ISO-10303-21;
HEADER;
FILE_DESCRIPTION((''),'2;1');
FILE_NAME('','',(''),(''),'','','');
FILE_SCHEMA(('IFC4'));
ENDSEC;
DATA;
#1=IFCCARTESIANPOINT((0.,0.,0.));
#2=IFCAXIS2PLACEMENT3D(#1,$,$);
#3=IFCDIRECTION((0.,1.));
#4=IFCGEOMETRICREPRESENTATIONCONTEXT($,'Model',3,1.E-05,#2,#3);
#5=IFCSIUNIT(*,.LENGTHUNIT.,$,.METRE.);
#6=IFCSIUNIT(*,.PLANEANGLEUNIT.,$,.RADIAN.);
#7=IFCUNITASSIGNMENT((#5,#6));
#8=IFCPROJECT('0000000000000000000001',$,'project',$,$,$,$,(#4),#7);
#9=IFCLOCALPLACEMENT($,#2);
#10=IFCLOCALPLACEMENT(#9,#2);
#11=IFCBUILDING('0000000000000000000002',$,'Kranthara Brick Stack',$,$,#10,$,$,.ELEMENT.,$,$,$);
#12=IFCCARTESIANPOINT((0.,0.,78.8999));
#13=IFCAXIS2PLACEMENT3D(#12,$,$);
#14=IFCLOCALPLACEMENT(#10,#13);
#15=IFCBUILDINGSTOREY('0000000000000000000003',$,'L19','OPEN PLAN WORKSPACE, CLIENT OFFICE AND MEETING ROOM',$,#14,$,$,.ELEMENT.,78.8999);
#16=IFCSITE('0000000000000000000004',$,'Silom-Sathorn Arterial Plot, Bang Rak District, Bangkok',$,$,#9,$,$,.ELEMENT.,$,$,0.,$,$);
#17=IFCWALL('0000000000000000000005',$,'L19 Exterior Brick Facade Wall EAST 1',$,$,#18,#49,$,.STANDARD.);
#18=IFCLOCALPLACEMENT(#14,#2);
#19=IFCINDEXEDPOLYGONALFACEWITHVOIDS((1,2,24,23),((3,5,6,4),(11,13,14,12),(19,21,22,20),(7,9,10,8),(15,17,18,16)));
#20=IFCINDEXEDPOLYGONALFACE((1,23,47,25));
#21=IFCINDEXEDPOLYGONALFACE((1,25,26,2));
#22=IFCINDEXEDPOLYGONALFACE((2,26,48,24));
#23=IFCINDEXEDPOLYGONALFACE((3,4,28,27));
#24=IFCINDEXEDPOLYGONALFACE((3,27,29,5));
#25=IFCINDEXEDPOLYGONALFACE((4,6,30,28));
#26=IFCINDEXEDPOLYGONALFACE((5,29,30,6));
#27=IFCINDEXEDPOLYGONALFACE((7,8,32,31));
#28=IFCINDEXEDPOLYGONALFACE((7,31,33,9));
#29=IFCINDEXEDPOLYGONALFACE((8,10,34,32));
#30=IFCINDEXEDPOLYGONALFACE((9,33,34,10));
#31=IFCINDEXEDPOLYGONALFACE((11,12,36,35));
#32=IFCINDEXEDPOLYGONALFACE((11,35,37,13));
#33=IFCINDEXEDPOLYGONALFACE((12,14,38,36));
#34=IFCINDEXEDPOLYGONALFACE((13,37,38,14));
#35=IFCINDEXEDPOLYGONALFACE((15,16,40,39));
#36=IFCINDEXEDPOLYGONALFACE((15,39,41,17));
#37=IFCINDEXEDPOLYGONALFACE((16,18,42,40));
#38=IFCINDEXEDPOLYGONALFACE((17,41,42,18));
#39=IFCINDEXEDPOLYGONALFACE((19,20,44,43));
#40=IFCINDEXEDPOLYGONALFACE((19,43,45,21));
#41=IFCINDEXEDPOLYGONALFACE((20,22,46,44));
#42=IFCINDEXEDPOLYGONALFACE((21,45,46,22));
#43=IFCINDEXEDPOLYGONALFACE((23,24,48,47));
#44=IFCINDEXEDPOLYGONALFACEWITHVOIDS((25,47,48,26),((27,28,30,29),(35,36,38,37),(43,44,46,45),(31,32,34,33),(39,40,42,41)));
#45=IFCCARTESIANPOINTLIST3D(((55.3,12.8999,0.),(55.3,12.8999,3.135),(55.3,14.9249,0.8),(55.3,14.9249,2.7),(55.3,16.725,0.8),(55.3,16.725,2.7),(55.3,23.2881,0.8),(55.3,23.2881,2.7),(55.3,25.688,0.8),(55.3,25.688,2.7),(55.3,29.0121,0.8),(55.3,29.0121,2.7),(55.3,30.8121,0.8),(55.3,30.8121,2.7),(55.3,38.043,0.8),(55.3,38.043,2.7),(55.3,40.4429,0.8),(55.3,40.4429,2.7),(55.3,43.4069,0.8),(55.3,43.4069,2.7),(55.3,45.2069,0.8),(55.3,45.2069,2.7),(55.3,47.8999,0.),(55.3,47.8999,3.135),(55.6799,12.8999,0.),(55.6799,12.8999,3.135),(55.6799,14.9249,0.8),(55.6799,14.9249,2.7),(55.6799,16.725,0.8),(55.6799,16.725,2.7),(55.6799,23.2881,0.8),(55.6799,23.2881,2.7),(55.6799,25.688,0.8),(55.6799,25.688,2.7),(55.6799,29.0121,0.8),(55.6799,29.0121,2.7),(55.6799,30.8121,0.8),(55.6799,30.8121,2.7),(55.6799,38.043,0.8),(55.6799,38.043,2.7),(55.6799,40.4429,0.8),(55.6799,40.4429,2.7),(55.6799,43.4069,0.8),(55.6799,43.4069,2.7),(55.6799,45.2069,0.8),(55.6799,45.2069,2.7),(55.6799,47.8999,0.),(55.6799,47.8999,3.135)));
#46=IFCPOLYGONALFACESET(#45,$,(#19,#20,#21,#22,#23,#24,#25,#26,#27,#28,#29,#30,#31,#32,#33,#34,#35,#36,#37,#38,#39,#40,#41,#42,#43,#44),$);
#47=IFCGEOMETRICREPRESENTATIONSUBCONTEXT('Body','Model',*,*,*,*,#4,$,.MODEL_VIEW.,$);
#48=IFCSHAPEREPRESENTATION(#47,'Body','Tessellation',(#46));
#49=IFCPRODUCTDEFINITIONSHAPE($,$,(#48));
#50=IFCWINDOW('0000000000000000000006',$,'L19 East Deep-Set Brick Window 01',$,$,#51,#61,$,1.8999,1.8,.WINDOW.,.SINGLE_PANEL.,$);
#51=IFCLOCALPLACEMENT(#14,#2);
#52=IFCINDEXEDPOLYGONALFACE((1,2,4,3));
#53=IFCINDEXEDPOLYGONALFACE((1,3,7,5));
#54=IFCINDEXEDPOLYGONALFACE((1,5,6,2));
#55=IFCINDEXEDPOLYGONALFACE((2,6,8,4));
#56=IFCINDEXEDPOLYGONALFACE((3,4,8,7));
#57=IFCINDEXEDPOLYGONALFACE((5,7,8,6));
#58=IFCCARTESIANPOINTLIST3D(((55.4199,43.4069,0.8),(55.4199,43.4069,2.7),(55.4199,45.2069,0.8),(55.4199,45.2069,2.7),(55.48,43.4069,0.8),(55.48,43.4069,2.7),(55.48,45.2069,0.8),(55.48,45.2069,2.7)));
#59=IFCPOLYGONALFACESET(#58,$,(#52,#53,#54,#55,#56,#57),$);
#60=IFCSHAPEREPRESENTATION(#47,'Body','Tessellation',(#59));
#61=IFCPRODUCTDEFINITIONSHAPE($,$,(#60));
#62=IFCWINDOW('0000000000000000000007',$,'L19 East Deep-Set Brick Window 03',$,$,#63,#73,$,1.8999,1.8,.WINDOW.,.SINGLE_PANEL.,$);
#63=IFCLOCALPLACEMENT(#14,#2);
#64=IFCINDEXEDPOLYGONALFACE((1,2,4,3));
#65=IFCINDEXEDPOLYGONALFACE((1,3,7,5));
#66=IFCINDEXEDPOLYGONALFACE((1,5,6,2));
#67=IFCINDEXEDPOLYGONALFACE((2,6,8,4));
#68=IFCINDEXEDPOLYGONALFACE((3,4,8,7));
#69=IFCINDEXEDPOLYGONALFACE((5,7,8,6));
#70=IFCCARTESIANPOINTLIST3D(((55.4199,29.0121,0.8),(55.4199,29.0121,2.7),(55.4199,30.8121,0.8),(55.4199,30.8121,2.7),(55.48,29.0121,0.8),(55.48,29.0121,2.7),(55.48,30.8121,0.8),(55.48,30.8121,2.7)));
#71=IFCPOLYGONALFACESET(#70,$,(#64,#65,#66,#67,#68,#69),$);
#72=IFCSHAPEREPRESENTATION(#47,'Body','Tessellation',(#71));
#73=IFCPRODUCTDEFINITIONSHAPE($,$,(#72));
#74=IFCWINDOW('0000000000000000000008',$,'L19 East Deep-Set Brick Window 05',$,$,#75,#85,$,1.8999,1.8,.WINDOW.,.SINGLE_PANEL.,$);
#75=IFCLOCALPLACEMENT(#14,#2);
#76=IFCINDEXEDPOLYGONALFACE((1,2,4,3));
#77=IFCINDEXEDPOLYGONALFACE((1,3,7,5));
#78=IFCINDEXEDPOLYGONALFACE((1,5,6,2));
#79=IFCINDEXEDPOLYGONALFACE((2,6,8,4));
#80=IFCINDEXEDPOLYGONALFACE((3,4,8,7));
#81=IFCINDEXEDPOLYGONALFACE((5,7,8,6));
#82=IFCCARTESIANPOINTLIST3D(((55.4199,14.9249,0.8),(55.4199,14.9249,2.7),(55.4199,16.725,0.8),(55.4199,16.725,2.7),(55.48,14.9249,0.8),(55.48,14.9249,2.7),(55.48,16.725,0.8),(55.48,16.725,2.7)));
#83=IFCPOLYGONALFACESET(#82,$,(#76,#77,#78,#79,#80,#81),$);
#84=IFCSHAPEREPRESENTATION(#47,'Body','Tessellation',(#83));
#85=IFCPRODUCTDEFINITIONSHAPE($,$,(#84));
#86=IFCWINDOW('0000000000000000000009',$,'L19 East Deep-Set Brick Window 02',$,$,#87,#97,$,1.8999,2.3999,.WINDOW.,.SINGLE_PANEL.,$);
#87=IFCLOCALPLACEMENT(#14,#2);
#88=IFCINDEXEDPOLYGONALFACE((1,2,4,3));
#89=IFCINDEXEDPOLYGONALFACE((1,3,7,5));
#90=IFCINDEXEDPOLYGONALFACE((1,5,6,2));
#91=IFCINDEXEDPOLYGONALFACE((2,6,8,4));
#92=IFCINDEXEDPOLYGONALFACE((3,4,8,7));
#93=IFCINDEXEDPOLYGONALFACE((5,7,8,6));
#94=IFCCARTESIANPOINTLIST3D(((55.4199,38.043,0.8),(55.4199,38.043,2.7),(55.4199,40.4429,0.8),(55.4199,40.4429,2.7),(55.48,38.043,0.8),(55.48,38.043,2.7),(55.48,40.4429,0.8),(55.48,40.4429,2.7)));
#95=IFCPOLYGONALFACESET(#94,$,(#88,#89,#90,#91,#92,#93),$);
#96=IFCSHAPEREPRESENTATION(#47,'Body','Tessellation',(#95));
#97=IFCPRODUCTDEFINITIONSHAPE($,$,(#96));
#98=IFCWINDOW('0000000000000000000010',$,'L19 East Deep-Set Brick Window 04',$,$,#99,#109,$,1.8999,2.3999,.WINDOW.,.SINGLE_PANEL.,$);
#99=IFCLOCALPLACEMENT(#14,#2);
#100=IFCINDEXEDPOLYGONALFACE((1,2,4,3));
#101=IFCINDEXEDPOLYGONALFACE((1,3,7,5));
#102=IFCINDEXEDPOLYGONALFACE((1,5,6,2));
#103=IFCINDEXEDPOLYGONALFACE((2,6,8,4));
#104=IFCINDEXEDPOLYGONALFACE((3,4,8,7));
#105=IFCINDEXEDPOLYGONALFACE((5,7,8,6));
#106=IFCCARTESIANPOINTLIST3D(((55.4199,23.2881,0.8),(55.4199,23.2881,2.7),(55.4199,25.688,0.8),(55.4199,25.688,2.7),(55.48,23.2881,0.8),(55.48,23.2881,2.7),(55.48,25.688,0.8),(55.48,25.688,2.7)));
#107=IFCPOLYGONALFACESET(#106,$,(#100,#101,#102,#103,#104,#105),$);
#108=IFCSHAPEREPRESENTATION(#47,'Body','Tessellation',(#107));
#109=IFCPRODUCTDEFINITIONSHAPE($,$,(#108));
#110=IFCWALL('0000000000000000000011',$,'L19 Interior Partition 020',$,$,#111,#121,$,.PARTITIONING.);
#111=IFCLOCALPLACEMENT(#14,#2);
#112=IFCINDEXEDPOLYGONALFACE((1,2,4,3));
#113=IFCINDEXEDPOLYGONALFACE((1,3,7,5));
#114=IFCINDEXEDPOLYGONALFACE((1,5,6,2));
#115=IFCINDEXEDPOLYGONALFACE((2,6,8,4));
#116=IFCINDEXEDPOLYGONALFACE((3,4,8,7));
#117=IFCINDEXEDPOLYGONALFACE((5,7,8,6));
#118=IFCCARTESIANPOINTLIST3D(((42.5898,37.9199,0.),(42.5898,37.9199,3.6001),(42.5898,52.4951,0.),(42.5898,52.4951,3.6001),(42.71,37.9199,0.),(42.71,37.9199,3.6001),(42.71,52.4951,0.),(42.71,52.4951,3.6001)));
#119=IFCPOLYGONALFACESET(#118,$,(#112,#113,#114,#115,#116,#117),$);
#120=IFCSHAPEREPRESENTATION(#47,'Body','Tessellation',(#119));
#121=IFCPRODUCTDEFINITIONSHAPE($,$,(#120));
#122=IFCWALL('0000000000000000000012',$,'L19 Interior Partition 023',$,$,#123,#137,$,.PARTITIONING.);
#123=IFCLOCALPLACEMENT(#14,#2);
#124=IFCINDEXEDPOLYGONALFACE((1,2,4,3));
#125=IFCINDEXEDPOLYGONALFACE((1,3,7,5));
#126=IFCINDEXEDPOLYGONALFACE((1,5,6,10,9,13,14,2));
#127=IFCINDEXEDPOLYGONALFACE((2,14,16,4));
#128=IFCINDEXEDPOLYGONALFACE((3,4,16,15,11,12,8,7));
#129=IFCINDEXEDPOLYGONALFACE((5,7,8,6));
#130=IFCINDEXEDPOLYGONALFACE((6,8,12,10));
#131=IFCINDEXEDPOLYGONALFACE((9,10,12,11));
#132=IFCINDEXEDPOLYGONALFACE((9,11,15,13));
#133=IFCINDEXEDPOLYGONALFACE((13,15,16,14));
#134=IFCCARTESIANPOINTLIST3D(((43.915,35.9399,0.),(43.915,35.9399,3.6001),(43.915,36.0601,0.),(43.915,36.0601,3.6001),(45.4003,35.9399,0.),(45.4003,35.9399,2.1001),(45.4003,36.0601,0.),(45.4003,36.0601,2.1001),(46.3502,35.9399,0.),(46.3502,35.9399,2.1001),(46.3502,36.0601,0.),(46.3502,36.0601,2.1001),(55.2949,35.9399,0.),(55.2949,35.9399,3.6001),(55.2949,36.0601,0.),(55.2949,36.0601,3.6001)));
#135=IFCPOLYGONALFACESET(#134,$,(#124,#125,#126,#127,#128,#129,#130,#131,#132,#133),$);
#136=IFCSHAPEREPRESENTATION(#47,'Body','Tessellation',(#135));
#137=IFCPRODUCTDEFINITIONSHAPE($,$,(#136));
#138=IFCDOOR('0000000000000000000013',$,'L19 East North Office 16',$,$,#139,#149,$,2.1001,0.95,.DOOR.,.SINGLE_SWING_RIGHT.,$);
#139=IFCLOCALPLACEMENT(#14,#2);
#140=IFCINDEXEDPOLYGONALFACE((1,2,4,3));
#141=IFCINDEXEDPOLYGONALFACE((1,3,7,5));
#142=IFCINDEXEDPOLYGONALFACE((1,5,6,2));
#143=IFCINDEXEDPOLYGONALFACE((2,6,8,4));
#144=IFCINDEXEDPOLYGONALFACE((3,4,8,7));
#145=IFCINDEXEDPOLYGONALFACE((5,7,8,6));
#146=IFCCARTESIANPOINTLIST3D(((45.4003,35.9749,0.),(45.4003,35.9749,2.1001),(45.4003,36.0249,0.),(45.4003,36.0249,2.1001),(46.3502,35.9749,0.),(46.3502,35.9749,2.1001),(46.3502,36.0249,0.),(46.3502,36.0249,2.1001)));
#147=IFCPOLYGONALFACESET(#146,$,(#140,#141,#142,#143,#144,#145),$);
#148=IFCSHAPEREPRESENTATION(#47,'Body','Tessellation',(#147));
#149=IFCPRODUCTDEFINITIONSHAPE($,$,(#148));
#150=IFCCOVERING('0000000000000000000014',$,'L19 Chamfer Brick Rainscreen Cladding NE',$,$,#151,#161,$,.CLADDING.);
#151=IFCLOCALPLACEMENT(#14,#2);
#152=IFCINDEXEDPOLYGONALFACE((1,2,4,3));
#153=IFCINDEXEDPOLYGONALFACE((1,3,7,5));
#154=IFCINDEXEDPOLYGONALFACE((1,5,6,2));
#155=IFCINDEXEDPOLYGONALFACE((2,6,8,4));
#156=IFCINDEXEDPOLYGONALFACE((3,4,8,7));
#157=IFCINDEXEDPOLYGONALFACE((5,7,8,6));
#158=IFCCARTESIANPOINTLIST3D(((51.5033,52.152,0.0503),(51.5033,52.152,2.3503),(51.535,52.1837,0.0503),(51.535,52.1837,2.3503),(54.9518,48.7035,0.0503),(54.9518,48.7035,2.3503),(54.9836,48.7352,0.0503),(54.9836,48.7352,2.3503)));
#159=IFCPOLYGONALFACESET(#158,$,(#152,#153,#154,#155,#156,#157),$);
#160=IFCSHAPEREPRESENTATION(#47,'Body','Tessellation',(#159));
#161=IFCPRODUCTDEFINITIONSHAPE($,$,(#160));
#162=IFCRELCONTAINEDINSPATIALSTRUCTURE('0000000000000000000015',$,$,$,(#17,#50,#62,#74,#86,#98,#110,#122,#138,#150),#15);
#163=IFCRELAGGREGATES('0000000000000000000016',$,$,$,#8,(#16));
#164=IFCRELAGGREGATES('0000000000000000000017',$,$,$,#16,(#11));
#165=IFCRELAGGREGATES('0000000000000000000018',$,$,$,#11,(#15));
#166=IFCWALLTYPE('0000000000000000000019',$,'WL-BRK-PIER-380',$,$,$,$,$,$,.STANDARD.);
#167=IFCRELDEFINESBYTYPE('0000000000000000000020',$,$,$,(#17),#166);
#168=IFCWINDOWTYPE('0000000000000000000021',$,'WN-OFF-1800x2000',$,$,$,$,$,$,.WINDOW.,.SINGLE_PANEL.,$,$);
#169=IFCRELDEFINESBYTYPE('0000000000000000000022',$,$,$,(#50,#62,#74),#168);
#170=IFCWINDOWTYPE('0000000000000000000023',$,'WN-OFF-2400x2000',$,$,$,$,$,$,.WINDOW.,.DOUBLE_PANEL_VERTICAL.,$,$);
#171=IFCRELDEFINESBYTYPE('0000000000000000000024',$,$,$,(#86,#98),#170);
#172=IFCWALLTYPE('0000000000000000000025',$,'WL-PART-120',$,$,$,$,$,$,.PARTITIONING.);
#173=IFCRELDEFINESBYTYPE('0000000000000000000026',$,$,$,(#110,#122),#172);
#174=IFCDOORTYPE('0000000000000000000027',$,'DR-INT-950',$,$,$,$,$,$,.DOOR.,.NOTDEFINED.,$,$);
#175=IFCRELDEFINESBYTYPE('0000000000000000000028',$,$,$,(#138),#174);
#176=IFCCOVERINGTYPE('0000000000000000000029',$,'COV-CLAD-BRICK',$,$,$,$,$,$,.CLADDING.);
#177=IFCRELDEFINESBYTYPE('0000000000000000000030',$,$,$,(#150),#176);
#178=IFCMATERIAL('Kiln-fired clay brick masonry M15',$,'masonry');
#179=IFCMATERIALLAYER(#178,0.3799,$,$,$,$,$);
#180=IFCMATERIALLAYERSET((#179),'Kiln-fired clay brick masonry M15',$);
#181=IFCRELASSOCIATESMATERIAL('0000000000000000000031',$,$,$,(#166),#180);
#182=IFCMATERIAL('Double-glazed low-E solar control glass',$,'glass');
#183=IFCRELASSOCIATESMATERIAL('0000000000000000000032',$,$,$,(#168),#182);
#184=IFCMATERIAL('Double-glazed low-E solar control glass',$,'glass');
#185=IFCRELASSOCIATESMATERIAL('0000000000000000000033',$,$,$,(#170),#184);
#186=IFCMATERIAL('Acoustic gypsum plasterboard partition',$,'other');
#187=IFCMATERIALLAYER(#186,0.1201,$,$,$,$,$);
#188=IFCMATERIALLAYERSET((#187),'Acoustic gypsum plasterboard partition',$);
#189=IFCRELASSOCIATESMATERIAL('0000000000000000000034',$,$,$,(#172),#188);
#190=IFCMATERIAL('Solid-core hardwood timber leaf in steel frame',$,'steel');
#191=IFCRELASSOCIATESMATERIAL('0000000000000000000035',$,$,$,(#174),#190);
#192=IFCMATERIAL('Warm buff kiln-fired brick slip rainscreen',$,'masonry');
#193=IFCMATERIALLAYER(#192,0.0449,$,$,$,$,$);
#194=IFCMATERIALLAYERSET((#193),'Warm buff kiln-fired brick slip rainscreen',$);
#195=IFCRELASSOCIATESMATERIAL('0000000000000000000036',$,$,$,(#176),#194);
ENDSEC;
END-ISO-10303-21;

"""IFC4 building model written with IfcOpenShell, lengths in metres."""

from ifc_helpers import new_model, si_unit, direction, frame, frame_2d, origin, origin_2d, place, context, subcontext, project, spatial, rectangle, extrude, material, layer, layer_set, type_object, element, fill, save


model = new_model("IFC4")

# Units and contexts
model_context = context("Model", 3, precision=1e-05, world=origin(), true_north=direction((0.0, 1.0)))
body_context = subcontext(model_context, "Body", "Model", "MODEL_VIEW")
ifc_project = project(units=[si_unit("LENGTHUNIT", "METRE"), si_unit("PLANEANGLEUNIT", "RADIAN")], contexts=[model_context])

# Site, building, storey
site_placement = place(None, origin())
site = spatial("IfcSite", under=ifc_project, at=site_placement, Name="Silom-Sathorn Arterial Plot, Bang Rak District, Bangkok", CompositionType="ELEMENT", RefElevation=0.0)
building_placement = place(site_placement, origin())
building = spatial("IfcBuilding", under=site, at=building_placement, Name="Kranthara Brick Stack", CompositionType="ELEMENT")
storey_placement = place(building_placement, frame((0.0, 0.0, 78.8999)))
storey = spatial("IfcBuildingStorey", under=building, at=storey_placement, Name="L19", Description="OPEN PLAN WORKSPACE, CLIENT OFFICE AND MEETING ROOM", CompositionType="ELEMENT", Elevation=78.8999)

# Shared definitions
ifc_material_1 = material(Name="Kiln-fired clay brick masonry M15", Category="masonry")
ifc_layer_1 = layer(ifc_material_1, 0.3799)
ifc_layer_set_1 = layer_set([ifc_layer_1], Name="Kiln-fired clay brick masonry M15")
wall_type_1 = type_object("IfcWallType", Name="WL-BRK-PIER-380", PredefinedType="STANDARD", material=ifc_layer_set_1)

# Wall, openings, windows
wall_1_placement = place(storey_placement, frame((55.49, 47.8999, 0.0), z_axis=(0.0, 0.0, 1.0), x_axis=(0.0, -1.0, 0.0)))
wall_1 = element("IfcWall", 1, at=wall_1_placement, inside=storey, type_object=wall_type_1, Name="L19 Exterior Brick Facade Wall EAST 1", PredefinedType="STANDARD", context=body_context, shape_type="SweptSolid", body=[
    extrude(rectangle(XDim=35.0, YDim=0.3799, at=frame_2d((17.5, 0.0))), origin(), (0.0, 0.0, 1.0), 3.135),
])
opening_1_placement = place(wall_1_placement, frame((2.6931, 0.0, 0.8)))
opening_1 = element("IfcOpeningElement", 2, at=opening_1_placement, cuts=wall_1, PredefinedType="OPENING", context=body_context, shape_type="SweptSolid", body=[
    extrude(rectangle(XDim=1.8, YDim=1.8999, at=frame_2d((0.8999, 0.95))), frame((0.0, 0.2, 0.0), z_axis=(0.0, -1.0, 0.0), x_axis=(1.0, 0.0, 0.0)), (0.0, 0.0, 1.0), 0.3999),
])
opening_2_placement = place(wall_1_placement, frame((7.457, 0.0, 0.8)))
opening_2 = element("IfcOpeningElement", 3, at=opening_2_placement, cuts=wall_1, PredefinedType="OPENING", context=body_context, shape_type="SweptSolid", body=[
    extrude(rectangle(XDim=2.3999, YDim=1.8999, at=frame_2d((1.2, 0.95))), frame((0.0, 0.2, 0.0), z_axis=(0.0, -1.0, 0.0), x_axis=(1.0, 0.0, 0.0)), (0.0, 0.0, 1.0), 0.3999),
])
opening_3_placement = place(wall_1_placement, frame((17.0879, 0.0, 0.8)))
opening_3 = element("IfcOpeningElement", 4, at=opening_3_placement, cuts=wall_1, PredefinedType="OPENING", context=body_context, shape_type="SweptSolid", body=[
    extrude(rectangle(XDim=1.8, YDim=1.8999, at=frame_2d((0.8999, 0.95))), frame((0.0, 0.2, 0.0), z_axis=(0.0, -1.0, 0.0), x_axis=(1.0, 0.0, 0.0)), (0.0, 0.0, 1.0), 0.3999),
])
opening_4_placement = place(wall_1_placement, frame((22.2119, 0.0, 0.8)))
opening_4 = element("IfcOpeningElement", 5, at=opening_4_placement, cuts=wall_1, PredefinedType="OPENING", context=body_context, shape_type="SweptSolid", body=[
    extrude(rectangle(XDim=2.3999, YDim=1.8999, at=frame_2d((1.2, 0.95))), frame((0.0, 0.2, 0.0), z_axis=(0.0, -1.0, 0.0), x_axis=(1.0, 0.0, 0.0)), (0.0, 0.0, 1.0), 0.3999),
])
opening_5_placement = place(wall_1_placement, frame((31.175, 0.0, 0.8)))
opening_5 = element("IfcOpeningElement", 6, at=opening_5_placement, cuts=wall_1, PredefinedType="OPENING", context=body_context, shape_type="SweptSolid", body=[
    extrude(rectangle(XDim=1.8, YDim=1.8999, at=frame_2d((0.8999, 0.95))), frame((0.0, 0.2, 0.0), z_axis=(0.0, -1.0, 0.0), x_axis=(1.0, 0.0, 0.0)), (0.0, 0.0, 1.0), 0.3999),
])
ifc_material_2 = material(Name="Double-glazed low-E solar control glass", Category="glass")
window_type_1 = type_object("IfcWindowType", Name="WN-OFF-1800x2000", PartitioningType="SINGLE_PANEL", PredefinedType="WINDOW", material=ifc_material_2)
window_1_placement = place(opening_1_placement, origin())
window_1 = element("IfcWindow", 7, at=window_1_placement, inside=storey, type_object=window_type_1, Name="L19 East Deep-Set Brick Window 01", OverallHeight=1.8999, OverallWidth=1.8, PartitioningType="SINGLE_PANEL", PredefinedType="WINDOW", context=body_context, shape_type="SweptSolid", body=[
    extrude(rectangle(XDim=1.8, YDim=1.8999, at=frame_2d((0.8999, 0.95))), frame((0.0, -0.01, 0.0), z_axis=(0.0, -1.0, 0.0), x_axis=(1.0, 0.0, 0.0)), (0.0, 0.0, 1.0), 0.0601),
])
fill(opening_1, window_1)
window_2_placement = place(opening_3_placement, origin())
window_2 = element("IfcWindow", 8, at=window_2_placement, inside=storey, type_object=window_type_1, Name="L19 East Deep-Set Brick Window 03", OverallHeight=1.8999, OverallWidth=1.8, PartitioningType="SINGLE_PANEL", PredefinedType="WINDOW", context=body_context, shape_type="SweptSolid", body=[
    extrude(rectangle(XDim=1.8, YDim=1.8999, at=frame_2d((0.8999, 0.95))), frame((0.0, -0.01, 0.0), z_axis=(0.0, -1.0, 0.0), x_axis=(1.0, 0.0, 0.0)), (0.0, 0.0, 1.0), 0.0601),
])
fill(opening_3, window_2)
window_3_placement = place(opening_5_placement, origin())
window_3 = element("IfcWindow", 9, at=window_3_placement, inside=storey, type_object=window_type_1, Name="L19 East Deep-Set Brick Window 05", OverallHeight=1.8999, OverallWidth=1.8, PartitioningType="SINGLE_PANEL", PredefinedType="WINDOW", context=body_context, shape_type="SweptSolid", body=[
    extrude(rectangle(XDim=1.8, YDim=1.8999, at=frame_2d((0.8999, 0.95))), frame((0.0, -0.01, 0.0), z_axis=(0.0, -1.0, 0.0), x_axis=(1.0, 0.0, 0.0)), (0.0, 0.0, 1.0), 0.0601),
])
fill(opening_5, window_3)
ifc_material_3 = material(Name="Double-glazed low-E solar control glass", Category="glass")
window_type_2 = type_object("IfcWindowType", Name="WN-OFF-2400x2000", PartitioningType="DOUBLE_PANEL_VERTICAL", PredefinedType="WINDOW", material=ifc_material_3)
window_4_placement = place(opening_2_placement, origin())
window_4 = element("IfcWindow", 10, at=window_4_placement, inside=storey, type_object=window_type_2, Name="L19 East Deep-Set Brick Window 02", OverallHeight=1.8999, OverallWidth=2.3999, PartitioningType="SINGLE_PANEL", PredefinedType="WINDOW", context=body_context, shape_type="SweptSolid", body=[
    extrude(rectangle(XDim=2.3999, YDim=1.8999, at=frame_2d((1.2, 0.95))), frame((0.0, -0.01, 0.0), z_axis=(0.0, -1.0, 0.0), x_axis=(1.0, 0.0, 0.0)), (0.0, 0.0, 1.0), 0.0601),
])
fill(opening_2, window_4)
window_5_placement = place(opening_4_placement, origin())
window_5 = element("IfcWindow", 11, at=window_5_placement, inside=storey, type_object=window_type_2, Name="L19 East Deep-Set Brick Window 04", OverallHeight=1.8999, OverallWidth=2.3999, PartitioningType="SINGLE_PANEL", PredefinedType="WINDOW", context=body_context, shape_type="SweptSolid", body=[
    extrude(rectangle(XDim=2.3999, YDim=1.8999, at=frame_2d((1.2, 0.95))), frame((0.0, -0.01, 0.0), z_axis=(0.0, -1.0, 0.0), x_axis=(1.0, 0.0, 0.0)), (0.0, 0.0, 1.0), 0.0601),
])
fill(opening_4, window_5)

# Wall
ifc_material_4 = material(Name="Acoustic gypsum plasterboard partition", Category="other")
ifc_layer_2 = layer(ifc_material_4, 0.1201)
ifc_layer_set_2 = layer_set([ifc_layer_2], Name="Acoustic gypsum plasterboard partition")
wall_type_2 = type_object("IfcWallType", Name="WL-PART-120", PredefinedType="PARTITIONING", material=ifc_layer_set_2)
wall_2_placement = place(storey_placement, frame((42.6499, 37.9199, 0.0), z_axis=(0.0, 0.0, 1.0), x_axis=(0.0, 1.0, 0.0)))
element("IfcWall", 12, at=wall_2_placement, inside=storey, type_object=wall_type_2, Name="L19 Interior Partition 020", PredefinedType="PARTITIONING", context=body_context, shape_type="SweptSolid", body=[
    extrude(rectangle(XDim=14.5752, YDim=0.1201, at=frame_2d((7.2876, 0.0))), origin(), (0.0, 0.0, 1.0), 3.6001),
])

# Wall, opening, door
wall_3_placement = place(storey_placement, frame((43.915, 36.0, 0.0), z_axis=(0.0, 0.0, 1.0), x_axis=(1.0, 0.0, 0.0)))
wall_3 = element("IfcWall", 13, at=wall_3_placement, inside=storey, type_object=wall_type_2, Name="L19 Interior Partition 023", PredefinedType="PARTITIONING", context=body_context, shape_type="SweptSolid", body=[
    extrude(rectangle(XDim=11.3799, YDim=0.1201, at=frame_2d((5.6899, 0.0))), origin(), (0.0, 0.0, 1.0), 3.6001),
])
opening_6_placement = place(wall_3_placement, frame((1.4851, 0.0, 0.0)))
opening_6 = element("IfcOpeningElement", 14, at=opening_6_placement, cuts=wall_3, PredefinedType="OPENING", context=body_context, shape_type="SweptSolid", body=[
    extrude(rectangle(XDim=0.95, YDim=2.1001, at=frame_2d((0.4751, 1.05))), frame((0.0, 0.0701, 0.0), z_axis=(0.0, -1.0, 0.0), x_axis=(1.0, 0.0, 0.0)), (0.0, 0.0, 1.0), 0.1401),
])
ifc_material_5 = material(Name="Solid-core hardwood timber leaf in steel frame", Category="steel")
door_type = type_object("IfcDoorType", Name="DR-INT-950", OperationType="NOTDEFINED", PredefinedType="DOOR", material=ifc_material_5)
door_placement = place(opening_6_placement, origin())
door = element("IfcDoor", 15, at=door_placement, inside=storey, type_object=door_type, Name="L19 East North Office 16", OperationType="SINGLE_SWING_RIGHT", OverallHeight=2.1001, OverallWidth=0.95, PredefinedType="DOOR", context=body_context, shape_type="SweptSolid", body=[
    extrude(rectangle(XDim=0.95, YDim=2.1001, at=frame_2d((0.4751, 1.05))), frame((0.0, 0.0249, 0.0), z_axis=(0.0, -1.0, 0.0), x_axis=(1.0, 0.0, 0.0)), (0.0, 0.0, 1.0), 0.05),
])
fill(opening_6, door)

# Covering
ifc_material_6 = material(Name="Warm buff kiln-fired brick slip rainscreen", Category="masonry")
ifc_layer_3 = layer(ifc_material_6, 0.0449)
ifc_layer_set_3 = layer_set([ifc_layer_3], Name="Warm buff kiln-fired brick slip rainscreen")
covering_type = type_object("IfcCoveringType", Name="COV-CLAD-BRICK", PredefinedType="CLADDING", material=ifc_layer_set_3)
covering_placement = place(storey_placement, frame((53.2434, 50.4436, 0.0503), z_axis=(0.0, 0.0, 1.0), x_axis=(0.707107, -0.707107, 0.0)))
element("IfcCovering", 16, at=covering_placement, inside=storey, type_object=covering_type, Name="L19 Chamfer Brick Rainscreen Cladding NE", PredefinedType="CLADDING", context=body_context, shape_type="SweptSolid", body=[
    extrude(rectangle(XDim=4.877, YDim=0.0449, at=origin_2d()), origin(), (0.0, 0.0, 1.0), 2.3),
])

save(model, "model.ifc")
